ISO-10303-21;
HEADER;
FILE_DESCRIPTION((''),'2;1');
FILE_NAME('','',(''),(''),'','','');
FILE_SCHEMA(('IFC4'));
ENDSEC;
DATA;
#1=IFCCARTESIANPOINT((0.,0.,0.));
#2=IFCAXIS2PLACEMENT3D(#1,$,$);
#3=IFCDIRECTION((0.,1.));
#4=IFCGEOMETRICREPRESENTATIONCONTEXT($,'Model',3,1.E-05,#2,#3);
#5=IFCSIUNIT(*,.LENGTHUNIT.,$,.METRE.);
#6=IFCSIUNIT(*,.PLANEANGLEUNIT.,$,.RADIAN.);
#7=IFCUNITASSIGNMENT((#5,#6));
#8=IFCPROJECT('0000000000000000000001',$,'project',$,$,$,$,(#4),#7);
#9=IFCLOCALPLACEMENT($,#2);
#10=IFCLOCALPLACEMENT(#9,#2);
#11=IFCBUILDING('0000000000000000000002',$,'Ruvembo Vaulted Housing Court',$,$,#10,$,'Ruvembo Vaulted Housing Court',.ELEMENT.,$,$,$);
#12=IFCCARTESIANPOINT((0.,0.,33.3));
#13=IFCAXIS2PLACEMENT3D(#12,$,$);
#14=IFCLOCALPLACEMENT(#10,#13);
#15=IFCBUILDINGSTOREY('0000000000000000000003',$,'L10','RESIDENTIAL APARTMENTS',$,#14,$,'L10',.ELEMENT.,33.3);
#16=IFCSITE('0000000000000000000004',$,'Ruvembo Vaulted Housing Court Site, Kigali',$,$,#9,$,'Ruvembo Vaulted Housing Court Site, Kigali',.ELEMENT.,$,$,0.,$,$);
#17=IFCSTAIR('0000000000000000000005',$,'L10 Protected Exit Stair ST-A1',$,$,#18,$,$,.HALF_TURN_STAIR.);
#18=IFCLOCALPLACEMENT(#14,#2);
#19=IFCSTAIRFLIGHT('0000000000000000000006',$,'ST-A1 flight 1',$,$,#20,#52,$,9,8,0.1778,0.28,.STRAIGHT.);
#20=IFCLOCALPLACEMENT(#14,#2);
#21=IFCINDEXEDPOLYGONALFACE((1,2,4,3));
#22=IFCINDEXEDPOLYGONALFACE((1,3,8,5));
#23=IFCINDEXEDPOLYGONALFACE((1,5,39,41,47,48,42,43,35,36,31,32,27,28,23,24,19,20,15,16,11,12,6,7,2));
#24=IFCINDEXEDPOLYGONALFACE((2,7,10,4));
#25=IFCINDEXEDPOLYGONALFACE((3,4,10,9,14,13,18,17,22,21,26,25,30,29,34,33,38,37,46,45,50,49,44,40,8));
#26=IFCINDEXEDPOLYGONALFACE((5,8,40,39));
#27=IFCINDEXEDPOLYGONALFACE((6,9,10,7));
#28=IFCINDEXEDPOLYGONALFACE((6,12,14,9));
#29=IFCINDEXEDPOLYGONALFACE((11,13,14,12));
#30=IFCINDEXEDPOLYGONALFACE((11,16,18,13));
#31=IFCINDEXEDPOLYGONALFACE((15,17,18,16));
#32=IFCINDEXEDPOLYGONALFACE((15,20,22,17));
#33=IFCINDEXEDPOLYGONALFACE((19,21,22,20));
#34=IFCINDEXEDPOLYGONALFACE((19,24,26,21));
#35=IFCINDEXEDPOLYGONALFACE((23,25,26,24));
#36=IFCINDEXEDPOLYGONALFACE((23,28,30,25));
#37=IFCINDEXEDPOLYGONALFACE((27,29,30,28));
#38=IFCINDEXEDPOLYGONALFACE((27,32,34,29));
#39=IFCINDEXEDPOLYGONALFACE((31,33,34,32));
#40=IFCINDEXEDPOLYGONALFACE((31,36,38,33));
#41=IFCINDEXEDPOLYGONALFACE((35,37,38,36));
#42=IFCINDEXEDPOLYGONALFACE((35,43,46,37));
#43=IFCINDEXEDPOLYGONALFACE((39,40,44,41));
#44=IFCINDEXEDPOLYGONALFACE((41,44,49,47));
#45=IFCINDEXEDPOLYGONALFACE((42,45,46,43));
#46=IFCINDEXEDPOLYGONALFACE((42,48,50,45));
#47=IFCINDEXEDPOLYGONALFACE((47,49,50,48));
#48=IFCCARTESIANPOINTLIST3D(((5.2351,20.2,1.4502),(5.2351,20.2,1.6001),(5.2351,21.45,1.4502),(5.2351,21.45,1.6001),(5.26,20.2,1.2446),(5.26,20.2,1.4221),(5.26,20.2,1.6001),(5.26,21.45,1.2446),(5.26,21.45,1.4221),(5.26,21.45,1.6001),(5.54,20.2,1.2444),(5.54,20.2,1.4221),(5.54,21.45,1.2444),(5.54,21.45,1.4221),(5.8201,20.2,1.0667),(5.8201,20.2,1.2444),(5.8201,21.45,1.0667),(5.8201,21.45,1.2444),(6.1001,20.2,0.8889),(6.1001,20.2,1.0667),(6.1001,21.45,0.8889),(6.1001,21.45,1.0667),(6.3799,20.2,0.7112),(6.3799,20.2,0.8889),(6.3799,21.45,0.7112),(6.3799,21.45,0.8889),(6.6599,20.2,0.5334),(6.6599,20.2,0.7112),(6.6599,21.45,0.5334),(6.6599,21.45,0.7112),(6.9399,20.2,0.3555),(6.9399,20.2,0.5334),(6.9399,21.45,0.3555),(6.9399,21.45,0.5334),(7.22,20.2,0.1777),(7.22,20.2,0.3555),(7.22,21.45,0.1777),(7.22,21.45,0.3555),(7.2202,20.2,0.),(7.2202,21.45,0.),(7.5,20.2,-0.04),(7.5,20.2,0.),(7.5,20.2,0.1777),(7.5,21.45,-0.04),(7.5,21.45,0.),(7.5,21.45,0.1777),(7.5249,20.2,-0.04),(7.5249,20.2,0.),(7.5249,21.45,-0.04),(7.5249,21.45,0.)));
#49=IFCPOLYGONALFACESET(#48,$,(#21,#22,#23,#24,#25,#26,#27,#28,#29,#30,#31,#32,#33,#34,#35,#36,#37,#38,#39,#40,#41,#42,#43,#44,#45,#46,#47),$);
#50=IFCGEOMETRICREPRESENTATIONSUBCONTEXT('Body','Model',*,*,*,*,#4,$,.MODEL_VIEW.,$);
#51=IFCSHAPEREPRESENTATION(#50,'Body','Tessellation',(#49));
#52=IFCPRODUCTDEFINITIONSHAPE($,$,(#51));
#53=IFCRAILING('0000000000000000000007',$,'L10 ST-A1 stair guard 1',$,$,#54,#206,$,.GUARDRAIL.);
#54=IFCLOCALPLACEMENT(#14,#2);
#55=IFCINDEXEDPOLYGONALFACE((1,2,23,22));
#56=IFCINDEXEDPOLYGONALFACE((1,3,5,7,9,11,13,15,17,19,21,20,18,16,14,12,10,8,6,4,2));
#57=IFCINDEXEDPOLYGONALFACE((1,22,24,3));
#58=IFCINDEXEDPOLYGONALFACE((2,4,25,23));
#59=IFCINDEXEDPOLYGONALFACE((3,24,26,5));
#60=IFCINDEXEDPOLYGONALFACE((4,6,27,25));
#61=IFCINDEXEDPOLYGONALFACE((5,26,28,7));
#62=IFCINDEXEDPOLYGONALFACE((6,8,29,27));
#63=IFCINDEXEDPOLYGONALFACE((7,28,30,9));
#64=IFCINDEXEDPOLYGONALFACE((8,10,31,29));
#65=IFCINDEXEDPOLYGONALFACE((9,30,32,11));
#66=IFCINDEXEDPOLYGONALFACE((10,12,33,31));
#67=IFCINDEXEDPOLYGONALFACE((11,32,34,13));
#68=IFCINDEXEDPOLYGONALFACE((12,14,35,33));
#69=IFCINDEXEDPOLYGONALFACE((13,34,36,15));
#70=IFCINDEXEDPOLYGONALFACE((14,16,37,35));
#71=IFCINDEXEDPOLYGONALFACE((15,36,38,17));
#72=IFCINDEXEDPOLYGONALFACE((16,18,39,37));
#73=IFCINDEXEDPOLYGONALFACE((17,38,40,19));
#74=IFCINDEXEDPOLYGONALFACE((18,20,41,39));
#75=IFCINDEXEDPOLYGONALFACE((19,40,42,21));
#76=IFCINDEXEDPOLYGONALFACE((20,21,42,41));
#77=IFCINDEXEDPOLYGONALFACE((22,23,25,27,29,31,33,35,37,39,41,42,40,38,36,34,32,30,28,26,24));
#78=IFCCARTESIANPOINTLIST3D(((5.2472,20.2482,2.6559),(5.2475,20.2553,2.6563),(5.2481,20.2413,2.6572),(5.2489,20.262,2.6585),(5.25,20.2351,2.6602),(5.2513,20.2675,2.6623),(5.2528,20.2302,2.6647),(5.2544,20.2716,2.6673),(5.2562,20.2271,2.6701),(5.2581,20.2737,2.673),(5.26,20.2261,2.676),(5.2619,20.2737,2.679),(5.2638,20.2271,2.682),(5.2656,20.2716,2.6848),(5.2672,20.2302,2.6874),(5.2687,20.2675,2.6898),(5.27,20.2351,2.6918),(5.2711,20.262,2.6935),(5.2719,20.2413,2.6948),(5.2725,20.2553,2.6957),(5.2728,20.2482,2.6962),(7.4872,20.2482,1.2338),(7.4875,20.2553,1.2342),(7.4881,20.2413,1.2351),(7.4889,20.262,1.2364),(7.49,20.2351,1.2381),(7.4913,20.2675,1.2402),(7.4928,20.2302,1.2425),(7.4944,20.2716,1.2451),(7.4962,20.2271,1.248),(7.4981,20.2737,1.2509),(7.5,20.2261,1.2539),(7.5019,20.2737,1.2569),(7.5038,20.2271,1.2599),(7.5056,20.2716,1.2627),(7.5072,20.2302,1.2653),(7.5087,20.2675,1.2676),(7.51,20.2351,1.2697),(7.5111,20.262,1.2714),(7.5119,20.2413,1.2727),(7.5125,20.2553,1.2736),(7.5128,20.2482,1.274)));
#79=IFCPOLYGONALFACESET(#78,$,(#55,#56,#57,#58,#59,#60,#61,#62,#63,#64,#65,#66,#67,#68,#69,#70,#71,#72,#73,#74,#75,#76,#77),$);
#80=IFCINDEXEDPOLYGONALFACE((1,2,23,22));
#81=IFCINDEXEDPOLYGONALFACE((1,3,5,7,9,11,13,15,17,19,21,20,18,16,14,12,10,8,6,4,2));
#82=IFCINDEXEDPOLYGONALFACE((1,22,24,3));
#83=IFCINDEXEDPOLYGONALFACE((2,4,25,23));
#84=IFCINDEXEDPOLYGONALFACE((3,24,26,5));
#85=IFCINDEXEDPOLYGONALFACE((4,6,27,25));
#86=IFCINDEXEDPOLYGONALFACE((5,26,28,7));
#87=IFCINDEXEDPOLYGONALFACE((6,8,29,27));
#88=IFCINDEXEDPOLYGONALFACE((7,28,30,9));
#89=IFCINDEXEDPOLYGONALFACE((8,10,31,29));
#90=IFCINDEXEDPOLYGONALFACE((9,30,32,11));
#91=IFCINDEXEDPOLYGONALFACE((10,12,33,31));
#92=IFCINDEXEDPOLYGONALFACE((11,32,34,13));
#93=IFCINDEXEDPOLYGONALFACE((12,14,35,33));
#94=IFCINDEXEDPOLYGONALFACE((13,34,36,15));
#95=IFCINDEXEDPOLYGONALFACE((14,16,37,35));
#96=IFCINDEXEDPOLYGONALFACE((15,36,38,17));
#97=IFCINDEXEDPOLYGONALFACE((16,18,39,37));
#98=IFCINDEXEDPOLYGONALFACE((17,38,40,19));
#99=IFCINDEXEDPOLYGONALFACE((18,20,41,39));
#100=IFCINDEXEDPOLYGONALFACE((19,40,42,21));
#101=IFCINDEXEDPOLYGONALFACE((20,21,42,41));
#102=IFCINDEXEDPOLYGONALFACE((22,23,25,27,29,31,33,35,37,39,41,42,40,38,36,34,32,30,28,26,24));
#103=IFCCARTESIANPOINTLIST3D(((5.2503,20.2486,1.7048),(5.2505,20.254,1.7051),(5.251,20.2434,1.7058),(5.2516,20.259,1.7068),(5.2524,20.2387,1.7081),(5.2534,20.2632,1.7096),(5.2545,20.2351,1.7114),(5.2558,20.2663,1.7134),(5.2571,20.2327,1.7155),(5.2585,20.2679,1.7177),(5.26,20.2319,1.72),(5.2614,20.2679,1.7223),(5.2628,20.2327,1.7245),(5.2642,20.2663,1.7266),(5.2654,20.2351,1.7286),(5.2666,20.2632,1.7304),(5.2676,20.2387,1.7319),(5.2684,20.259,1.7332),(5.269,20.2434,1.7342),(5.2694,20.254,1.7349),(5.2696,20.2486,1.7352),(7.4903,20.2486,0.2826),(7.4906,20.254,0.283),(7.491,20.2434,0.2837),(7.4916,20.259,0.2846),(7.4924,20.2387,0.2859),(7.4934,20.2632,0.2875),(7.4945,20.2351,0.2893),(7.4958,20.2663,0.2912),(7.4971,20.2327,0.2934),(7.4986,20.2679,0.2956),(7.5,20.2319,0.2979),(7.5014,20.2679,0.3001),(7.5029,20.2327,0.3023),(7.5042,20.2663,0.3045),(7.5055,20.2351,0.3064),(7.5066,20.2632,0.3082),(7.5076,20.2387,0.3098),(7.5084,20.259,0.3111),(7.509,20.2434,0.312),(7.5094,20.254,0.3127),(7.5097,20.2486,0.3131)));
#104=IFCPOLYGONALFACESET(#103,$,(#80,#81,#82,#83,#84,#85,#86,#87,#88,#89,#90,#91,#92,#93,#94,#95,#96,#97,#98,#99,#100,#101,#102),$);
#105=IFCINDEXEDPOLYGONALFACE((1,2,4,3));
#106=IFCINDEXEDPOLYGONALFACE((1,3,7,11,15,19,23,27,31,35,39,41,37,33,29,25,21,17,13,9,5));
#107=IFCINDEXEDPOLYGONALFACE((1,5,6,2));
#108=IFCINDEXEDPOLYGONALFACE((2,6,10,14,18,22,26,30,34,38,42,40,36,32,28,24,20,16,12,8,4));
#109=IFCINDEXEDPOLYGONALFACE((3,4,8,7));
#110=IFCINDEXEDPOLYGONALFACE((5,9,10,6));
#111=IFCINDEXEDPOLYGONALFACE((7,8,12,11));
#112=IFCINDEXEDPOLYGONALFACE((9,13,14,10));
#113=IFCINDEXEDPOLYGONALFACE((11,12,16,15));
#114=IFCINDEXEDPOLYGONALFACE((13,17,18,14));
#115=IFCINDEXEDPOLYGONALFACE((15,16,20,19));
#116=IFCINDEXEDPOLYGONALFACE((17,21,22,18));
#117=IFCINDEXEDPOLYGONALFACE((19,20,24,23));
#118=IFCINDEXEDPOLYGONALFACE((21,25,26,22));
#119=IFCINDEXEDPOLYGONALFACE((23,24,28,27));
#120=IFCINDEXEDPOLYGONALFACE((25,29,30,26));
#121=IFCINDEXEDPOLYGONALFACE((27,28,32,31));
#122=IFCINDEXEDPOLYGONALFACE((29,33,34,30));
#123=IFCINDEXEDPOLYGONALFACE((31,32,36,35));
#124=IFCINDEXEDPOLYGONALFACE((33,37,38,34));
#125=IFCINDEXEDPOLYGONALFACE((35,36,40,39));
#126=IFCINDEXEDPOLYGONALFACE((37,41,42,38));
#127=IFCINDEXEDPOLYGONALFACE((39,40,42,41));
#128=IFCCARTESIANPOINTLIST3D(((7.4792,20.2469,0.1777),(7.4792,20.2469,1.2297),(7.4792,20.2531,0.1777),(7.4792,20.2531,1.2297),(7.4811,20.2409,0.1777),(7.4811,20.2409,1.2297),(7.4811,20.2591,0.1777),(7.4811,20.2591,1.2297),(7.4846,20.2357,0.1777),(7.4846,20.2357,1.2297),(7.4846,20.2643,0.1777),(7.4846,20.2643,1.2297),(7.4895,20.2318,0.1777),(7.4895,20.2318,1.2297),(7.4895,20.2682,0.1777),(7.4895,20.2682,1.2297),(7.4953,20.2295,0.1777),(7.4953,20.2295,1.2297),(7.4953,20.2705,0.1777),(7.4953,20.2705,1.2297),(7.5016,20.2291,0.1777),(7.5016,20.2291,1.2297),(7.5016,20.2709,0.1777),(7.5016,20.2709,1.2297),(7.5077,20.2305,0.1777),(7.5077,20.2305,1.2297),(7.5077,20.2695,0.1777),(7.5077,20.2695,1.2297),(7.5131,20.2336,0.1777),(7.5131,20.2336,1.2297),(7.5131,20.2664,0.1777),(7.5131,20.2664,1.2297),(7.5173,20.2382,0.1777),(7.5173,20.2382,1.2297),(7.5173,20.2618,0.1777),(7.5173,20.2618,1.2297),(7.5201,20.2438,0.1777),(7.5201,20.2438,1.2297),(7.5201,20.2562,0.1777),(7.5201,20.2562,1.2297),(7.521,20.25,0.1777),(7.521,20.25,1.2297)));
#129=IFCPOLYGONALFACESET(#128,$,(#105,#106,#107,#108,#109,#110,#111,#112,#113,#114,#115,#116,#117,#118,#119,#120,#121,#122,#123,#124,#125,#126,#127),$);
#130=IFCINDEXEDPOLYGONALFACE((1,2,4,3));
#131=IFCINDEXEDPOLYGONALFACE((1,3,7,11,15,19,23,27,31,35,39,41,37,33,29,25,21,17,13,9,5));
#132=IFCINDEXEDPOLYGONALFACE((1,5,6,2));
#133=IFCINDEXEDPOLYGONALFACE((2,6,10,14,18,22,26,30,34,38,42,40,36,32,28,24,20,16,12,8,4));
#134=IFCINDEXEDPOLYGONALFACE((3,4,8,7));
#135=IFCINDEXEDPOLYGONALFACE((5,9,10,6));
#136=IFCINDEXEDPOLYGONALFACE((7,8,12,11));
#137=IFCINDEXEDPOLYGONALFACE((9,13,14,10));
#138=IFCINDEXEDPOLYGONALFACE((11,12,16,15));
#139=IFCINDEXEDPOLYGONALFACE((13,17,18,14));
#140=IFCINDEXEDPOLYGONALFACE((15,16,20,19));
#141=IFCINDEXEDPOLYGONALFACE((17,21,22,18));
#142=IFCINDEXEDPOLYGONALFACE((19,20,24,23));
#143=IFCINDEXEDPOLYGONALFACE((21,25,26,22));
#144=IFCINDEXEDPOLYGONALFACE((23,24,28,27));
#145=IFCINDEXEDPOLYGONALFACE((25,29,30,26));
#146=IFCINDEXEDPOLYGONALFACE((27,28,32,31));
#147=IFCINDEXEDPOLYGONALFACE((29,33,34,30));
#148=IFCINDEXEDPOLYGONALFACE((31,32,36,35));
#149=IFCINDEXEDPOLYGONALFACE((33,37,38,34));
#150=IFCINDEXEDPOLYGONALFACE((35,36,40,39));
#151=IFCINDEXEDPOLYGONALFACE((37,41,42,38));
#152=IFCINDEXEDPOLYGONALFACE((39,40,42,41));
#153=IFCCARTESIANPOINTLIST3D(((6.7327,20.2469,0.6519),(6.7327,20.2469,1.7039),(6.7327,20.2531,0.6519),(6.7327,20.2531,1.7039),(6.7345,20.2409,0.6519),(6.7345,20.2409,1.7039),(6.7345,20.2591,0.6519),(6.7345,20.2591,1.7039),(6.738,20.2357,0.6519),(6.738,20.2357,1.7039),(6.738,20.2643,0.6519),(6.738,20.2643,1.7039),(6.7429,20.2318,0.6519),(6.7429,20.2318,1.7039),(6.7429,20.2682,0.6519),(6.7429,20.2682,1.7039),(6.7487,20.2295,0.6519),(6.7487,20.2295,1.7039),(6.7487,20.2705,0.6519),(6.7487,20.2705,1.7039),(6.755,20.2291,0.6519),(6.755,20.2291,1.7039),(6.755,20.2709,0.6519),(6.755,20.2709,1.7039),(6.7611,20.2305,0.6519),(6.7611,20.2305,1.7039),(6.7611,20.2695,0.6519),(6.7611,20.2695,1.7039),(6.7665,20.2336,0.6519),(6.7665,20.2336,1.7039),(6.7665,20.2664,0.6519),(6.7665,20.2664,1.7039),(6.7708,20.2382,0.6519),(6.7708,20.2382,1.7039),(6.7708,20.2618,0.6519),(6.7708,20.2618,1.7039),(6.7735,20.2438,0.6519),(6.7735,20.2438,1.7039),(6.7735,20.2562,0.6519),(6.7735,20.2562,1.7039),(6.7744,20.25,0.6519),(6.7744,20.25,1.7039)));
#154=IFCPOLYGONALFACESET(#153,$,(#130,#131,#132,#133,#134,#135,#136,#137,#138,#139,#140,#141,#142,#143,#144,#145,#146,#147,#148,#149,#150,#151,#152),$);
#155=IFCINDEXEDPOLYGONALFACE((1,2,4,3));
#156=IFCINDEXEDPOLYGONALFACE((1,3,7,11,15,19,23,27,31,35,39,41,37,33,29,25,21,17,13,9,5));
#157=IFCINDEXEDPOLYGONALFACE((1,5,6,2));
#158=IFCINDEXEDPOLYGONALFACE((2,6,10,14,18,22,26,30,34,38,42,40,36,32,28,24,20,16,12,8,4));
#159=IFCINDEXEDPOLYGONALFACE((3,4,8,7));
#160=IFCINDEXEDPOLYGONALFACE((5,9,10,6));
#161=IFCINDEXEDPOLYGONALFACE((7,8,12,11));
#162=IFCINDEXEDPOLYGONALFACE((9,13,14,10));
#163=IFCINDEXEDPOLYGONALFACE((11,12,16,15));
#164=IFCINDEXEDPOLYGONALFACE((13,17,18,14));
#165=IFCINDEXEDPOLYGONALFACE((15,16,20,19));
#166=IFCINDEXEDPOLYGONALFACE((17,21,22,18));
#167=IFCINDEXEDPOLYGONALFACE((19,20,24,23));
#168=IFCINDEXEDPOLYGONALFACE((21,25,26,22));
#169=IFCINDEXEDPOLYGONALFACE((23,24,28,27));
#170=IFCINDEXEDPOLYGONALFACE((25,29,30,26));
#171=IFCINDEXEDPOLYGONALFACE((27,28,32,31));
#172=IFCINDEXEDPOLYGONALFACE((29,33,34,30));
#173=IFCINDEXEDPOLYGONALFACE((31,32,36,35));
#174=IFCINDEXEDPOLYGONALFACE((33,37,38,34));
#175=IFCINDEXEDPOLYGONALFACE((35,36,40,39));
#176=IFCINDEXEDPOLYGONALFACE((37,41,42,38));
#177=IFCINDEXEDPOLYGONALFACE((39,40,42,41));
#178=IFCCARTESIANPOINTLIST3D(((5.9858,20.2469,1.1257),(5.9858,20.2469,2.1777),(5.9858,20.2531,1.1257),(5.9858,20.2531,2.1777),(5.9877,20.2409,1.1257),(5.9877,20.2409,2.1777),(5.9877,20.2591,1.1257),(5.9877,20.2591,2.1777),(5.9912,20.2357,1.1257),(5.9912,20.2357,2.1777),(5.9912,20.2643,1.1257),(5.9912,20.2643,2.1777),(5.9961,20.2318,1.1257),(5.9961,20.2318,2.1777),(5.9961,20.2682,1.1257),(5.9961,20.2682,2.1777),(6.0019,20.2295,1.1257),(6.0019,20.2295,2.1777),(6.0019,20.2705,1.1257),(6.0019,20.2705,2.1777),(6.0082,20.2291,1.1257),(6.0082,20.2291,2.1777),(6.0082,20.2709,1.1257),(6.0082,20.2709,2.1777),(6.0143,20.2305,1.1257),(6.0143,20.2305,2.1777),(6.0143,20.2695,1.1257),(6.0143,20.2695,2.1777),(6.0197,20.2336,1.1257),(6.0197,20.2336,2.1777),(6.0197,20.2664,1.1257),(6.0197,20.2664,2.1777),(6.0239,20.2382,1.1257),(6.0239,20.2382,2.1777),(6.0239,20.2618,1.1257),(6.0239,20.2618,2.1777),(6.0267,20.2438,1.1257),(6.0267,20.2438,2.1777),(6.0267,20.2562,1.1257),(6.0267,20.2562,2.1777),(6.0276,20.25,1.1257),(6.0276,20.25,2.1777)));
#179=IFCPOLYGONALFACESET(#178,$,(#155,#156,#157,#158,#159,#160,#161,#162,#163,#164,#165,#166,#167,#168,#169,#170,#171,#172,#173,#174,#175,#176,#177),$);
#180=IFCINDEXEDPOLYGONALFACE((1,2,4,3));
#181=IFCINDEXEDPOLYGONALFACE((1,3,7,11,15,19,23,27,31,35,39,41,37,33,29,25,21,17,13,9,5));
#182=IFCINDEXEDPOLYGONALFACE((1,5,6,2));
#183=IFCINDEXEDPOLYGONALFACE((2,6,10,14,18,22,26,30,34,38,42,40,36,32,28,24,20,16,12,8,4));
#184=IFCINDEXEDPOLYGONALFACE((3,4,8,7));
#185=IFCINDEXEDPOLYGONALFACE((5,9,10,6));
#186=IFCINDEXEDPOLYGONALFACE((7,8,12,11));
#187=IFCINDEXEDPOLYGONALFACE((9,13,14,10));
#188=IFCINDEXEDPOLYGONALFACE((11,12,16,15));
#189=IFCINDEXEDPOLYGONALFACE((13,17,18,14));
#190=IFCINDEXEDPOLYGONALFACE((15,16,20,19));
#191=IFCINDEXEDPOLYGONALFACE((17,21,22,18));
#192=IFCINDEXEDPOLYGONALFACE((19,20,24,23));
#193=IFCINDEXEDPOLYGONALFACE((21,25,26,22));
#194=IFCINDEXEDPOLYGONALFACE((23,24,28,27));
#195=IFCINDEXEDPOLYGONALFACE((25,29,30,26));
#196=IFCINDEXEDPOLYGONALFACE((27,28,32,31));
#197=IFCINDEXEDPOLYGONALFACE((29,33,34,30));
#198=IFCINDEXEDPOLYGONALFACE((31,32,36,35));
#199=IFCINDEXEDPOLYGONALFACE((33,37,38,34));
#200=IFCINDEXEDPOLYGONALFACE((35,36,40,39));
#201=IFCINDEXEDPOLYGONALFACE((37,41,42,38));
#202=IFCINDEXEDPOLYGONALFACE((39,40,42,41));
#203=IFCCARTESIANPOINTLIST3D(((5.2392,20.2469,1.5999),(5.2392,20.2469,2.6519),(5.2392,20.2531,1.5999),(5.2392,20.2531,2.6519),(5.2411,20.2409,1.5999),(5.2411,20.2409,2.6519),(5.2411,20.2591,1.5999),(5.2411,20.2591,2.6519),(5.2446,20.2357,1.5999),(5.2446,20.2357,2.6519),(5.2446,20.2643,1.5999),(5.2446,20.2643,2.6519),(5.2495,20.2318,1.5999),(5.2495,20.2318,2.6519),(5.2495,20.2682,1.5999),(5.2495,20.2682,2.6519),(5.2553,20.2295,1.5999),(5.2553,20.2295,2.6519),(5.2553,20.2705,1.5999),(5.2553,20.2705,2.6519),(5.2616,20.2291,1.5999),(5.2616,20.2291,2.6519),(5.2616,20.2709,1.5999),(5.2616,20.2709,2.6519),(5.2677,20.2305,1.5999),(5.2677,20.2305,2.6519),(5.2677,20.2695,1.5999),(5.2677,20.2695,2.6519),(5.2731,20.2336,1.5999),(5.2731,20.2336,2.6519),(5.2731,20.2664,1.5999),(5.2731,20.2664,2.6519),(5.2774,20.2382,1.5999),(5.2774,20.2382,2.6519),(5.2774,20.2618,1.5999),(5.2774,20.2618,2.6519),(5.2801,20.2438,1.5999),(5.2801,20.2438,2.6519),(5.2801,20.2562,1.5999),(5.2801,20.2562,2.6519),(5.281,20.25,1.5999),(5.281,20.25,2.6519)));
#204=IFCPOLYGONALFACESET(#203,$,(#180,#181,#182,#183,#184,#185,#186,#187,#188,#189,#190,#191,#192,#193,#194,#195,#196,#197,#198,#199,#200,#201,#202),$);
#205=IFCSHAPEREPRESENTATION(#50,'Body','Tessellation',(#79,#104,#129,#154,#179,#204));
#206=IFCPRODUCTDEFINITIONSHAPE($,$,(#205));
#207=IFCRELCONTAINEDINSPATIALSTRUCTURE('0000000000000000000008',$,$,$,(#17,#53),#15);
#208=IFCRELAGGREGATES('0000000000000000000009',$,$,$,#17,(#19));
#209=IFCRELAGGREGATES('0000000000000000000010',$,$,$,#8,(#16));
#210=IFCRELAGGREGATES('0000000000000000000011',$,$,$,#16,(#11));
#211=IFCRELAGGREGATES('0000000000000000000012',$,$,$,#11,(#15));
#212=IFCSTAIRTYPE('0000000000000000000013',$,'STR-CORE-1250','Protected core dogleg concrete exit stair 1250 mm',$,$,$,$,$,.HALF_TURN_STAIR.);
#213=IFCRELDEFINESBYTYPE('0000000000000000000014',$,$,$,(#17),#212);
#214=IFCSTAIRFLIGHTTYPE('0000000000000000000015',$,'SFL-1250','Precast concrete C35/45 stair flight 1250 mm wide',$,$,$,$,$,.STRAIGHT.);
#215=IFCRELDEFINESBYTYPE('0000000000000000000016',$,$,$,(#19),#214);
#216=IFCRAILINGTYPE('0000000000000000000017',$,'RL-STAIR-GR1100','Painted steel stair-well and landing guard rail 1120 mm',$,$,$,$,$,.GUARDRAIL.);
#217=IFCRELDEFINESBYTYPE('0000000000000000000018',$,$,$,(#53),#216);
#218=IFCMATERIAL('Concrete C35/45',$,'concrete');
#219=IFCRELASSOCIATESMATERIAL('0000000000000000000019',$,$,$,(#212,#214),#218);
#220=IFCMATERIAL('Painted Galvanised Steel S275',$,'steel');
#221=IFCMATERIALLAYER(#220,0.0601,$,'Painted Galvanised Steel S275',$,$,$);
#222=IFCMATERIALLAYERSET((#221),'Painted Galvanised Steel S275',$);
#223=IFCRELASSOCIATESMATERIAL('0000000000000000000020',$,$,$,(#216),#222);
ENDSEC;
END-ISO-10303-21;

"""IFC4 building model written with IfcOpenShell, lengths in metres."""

from ifc_helpers import new_model, si_unit, direction, frame, origin, origin_2d, place, context, subcontext, project, spatial, polyline, circle, outline, extrude, material, layer, layer_set, type_object, element, aggregate, save


model = new_model("IFC4")

# Units and contexts
model_context = context("Model", 3, precision=1e-05, world=origin(), true_north=direction((0.0, 1.0)))
body_context = subcontext(model_context, "Body", "Model", "MODEL_VIEW")
ifc_project = project(units=[si_unit("LENGTHUNIT", "METRE"), si_unit("PLANEANGLEUNIT", "RADIAN")], contexts=[model_context])

# Site, building, storey
site_placement = place(None, origin())
site = spatial("IfcSite", under=ifc_project, at=site_placement, Name="Ruvembo Vaulted Housing Court Site, Kigali", LongName="Ruvembo Vaulted Housing Court Site, Kigali", CompositionType="ELEMENT", RefElevation=0.0)
building_placement = place(site_placement, origin())
building = spatial("IfcBuilding", under=site, at=building_placement, Name="Ruvembo Vaulted Housing Court", LongName="Ruvembo Vaulted Housing Court", CompositionType="ELEMENT")
storey_placement = place(building_placement, frame((0.0, 0.0, 33.3)))
storey = spatial("IfcBuildingStorey", under=building, at=storey_placement, Name="L10", Description="RESIDENTIAL APARTMENTS", LongName="L10", CompositionType="ELEMENT", Elevation=33.3)

# Shared definitions
ifc_material_1 = material(Name="Concrete C35/45", Category="concrete")

# Stair, stair flight
stair_type = type_object("IfcStairType", Name="STR-CORE-1250", Description="Protected core dogleg concrete exit stair 1250 mm", PredefinedType="HALF_TURN_STAIR", material=ifc_material_1)
stair_placement = place(storey_placement, origin())
stair = element("IfcStair", 1, at=stair_placement, inside=storey, type_object=stair_type, Name="L10 Protected Exit Stair ST-A1", PredefinedType="HALF_TURN_STAIR")
stair_flight_type = type_object("IfcStairFlightType", Name="SFL-1250", Description="Precast concrete C35/45 stair flight 1250 mm wide", PredefinedType="STRAIGHT", material=ifc_material_1)
stair_flight_placement = place(storey_placement, frame((7.5, 20.825, 0.0), z_axis=(0.0, 0.0, 1.0), x_axis=(-1.0, 0.0, 0.0)))
stair_flight = element("IfcStairFlight", 2, at=stair_flight_placement, type_object=stair_flight_type, Name="ST-A1 flight 1", NumberOfRisers=9, NumberOfTreads=8, PredefinedType="STRAIGHT", RiserHeight=0.1778, TreadLength=0.28, context=body_context, shape_type="SweptSolid", body=[
    extrude(outline(polyline([(-0.0249, -0.04), (-0.0249, 0.0), (0.0, 0.0), (0.0, 0.1777), (0.28, 0.1777), (0.28, 0.3555), (0.5601, 0.3555), (0.5601, 0.5334), (0.8401, 0.5334), (0.8401, 0.7112), (1.1201, 0.7112), (1.1201, 0.8889), (1.3999, 0.8889), (1.3999, 1.0667), (1.6799, 1.0667), (1.6799, 1.2444), (1.96, 1.2444), (1.96, 1.4221), (2.24, 1.4221), (2.24, 1.6001), (2.2649, 1.6001), (2.2649, 1.4502), (2.24, 1.2446), (0.2798, 0.0), (0.0, -0.04), (-0.0249, -0.04)])), frame((0.0, 0.625, 0.0), z_axis=(0.0, -1.0, 0.0), x_axis=(1.0, 0.0, 0.0)), (0.0, 0.0, 1.0), 1.25),
])
aggregate(stair, [stair_flight])

# Railing
ifc_material_2 = material(Name="Painted Galvanised Steel S275", Category="steel")
ifc_layer_1 = layer(ifc_material_2, 0.0601, Name="Painted Galvanised Steel S275")
ifc_layer_set_1 = layer_set([ifc_layer_1], Name="Painted Galvanised Steel S275")
railing_type_1 = type_object("IfcRailingType", Name="RL-STAIR-GR1100", Description="Painted steel stair-well and landing guard rail 1120 mm", PredefinedType="GUARDRAIL", material=ifc_layer_set_1)
railing_1_placement = place(storey_placement, frame((7.5, 20.25, 0.1777)))
element("IfcRailing", 3, at=railing_1_placement, inside=storey, type_object=railing_type_1, Name="L10 ST-A1 stair guard 1", PredefinedType="GUARDRAIL", context=body_context, shape_type="SweptSolid", body=[
    extrude(circle(Radius=0.0239, at=origin_2d()), frame((0.0, 0.0, 1.0762), z_axis=(-0.844229, 0.0, 0.535982), x_axis=(0.0, -1.0, 0.0)), (0.0, 0.0, 1.0), 2.6533),
    extrude(circle(Radius=0.0181, at=origin_2d()), frame((0.0, 0.0, 0.1201), z_axis=(-0.844229, 0.0, 0.535982), x_axis=(0.0, -1.0, 0.0)), (0.0, 0.0, 1.0), 2.6533),
    extrude(circle(Radius=0.021, at=origin_2d()), origin(), (0.0, 0.0, 1.0), 1.052),
    extrude(circle(Radius=0.021, at=origin_2d()), frame((-0.7466, 0.0, 0.4741)), (0.0, 0.0, 1.0), 1.052),
    extrude(circle(Radius=0.021, at=origin_2d()), frame((-1.4934, 0.0, 0.948)), (0.0, 0.0, 1.0), 1.052),
    extrude(circle(Radius=0.021, at=origin_2d()), frame((-2.24, 0.0, 1.4221)), (0.0, 0.0, 1.0), 1.052),
])

save(model, "model.ifc")
